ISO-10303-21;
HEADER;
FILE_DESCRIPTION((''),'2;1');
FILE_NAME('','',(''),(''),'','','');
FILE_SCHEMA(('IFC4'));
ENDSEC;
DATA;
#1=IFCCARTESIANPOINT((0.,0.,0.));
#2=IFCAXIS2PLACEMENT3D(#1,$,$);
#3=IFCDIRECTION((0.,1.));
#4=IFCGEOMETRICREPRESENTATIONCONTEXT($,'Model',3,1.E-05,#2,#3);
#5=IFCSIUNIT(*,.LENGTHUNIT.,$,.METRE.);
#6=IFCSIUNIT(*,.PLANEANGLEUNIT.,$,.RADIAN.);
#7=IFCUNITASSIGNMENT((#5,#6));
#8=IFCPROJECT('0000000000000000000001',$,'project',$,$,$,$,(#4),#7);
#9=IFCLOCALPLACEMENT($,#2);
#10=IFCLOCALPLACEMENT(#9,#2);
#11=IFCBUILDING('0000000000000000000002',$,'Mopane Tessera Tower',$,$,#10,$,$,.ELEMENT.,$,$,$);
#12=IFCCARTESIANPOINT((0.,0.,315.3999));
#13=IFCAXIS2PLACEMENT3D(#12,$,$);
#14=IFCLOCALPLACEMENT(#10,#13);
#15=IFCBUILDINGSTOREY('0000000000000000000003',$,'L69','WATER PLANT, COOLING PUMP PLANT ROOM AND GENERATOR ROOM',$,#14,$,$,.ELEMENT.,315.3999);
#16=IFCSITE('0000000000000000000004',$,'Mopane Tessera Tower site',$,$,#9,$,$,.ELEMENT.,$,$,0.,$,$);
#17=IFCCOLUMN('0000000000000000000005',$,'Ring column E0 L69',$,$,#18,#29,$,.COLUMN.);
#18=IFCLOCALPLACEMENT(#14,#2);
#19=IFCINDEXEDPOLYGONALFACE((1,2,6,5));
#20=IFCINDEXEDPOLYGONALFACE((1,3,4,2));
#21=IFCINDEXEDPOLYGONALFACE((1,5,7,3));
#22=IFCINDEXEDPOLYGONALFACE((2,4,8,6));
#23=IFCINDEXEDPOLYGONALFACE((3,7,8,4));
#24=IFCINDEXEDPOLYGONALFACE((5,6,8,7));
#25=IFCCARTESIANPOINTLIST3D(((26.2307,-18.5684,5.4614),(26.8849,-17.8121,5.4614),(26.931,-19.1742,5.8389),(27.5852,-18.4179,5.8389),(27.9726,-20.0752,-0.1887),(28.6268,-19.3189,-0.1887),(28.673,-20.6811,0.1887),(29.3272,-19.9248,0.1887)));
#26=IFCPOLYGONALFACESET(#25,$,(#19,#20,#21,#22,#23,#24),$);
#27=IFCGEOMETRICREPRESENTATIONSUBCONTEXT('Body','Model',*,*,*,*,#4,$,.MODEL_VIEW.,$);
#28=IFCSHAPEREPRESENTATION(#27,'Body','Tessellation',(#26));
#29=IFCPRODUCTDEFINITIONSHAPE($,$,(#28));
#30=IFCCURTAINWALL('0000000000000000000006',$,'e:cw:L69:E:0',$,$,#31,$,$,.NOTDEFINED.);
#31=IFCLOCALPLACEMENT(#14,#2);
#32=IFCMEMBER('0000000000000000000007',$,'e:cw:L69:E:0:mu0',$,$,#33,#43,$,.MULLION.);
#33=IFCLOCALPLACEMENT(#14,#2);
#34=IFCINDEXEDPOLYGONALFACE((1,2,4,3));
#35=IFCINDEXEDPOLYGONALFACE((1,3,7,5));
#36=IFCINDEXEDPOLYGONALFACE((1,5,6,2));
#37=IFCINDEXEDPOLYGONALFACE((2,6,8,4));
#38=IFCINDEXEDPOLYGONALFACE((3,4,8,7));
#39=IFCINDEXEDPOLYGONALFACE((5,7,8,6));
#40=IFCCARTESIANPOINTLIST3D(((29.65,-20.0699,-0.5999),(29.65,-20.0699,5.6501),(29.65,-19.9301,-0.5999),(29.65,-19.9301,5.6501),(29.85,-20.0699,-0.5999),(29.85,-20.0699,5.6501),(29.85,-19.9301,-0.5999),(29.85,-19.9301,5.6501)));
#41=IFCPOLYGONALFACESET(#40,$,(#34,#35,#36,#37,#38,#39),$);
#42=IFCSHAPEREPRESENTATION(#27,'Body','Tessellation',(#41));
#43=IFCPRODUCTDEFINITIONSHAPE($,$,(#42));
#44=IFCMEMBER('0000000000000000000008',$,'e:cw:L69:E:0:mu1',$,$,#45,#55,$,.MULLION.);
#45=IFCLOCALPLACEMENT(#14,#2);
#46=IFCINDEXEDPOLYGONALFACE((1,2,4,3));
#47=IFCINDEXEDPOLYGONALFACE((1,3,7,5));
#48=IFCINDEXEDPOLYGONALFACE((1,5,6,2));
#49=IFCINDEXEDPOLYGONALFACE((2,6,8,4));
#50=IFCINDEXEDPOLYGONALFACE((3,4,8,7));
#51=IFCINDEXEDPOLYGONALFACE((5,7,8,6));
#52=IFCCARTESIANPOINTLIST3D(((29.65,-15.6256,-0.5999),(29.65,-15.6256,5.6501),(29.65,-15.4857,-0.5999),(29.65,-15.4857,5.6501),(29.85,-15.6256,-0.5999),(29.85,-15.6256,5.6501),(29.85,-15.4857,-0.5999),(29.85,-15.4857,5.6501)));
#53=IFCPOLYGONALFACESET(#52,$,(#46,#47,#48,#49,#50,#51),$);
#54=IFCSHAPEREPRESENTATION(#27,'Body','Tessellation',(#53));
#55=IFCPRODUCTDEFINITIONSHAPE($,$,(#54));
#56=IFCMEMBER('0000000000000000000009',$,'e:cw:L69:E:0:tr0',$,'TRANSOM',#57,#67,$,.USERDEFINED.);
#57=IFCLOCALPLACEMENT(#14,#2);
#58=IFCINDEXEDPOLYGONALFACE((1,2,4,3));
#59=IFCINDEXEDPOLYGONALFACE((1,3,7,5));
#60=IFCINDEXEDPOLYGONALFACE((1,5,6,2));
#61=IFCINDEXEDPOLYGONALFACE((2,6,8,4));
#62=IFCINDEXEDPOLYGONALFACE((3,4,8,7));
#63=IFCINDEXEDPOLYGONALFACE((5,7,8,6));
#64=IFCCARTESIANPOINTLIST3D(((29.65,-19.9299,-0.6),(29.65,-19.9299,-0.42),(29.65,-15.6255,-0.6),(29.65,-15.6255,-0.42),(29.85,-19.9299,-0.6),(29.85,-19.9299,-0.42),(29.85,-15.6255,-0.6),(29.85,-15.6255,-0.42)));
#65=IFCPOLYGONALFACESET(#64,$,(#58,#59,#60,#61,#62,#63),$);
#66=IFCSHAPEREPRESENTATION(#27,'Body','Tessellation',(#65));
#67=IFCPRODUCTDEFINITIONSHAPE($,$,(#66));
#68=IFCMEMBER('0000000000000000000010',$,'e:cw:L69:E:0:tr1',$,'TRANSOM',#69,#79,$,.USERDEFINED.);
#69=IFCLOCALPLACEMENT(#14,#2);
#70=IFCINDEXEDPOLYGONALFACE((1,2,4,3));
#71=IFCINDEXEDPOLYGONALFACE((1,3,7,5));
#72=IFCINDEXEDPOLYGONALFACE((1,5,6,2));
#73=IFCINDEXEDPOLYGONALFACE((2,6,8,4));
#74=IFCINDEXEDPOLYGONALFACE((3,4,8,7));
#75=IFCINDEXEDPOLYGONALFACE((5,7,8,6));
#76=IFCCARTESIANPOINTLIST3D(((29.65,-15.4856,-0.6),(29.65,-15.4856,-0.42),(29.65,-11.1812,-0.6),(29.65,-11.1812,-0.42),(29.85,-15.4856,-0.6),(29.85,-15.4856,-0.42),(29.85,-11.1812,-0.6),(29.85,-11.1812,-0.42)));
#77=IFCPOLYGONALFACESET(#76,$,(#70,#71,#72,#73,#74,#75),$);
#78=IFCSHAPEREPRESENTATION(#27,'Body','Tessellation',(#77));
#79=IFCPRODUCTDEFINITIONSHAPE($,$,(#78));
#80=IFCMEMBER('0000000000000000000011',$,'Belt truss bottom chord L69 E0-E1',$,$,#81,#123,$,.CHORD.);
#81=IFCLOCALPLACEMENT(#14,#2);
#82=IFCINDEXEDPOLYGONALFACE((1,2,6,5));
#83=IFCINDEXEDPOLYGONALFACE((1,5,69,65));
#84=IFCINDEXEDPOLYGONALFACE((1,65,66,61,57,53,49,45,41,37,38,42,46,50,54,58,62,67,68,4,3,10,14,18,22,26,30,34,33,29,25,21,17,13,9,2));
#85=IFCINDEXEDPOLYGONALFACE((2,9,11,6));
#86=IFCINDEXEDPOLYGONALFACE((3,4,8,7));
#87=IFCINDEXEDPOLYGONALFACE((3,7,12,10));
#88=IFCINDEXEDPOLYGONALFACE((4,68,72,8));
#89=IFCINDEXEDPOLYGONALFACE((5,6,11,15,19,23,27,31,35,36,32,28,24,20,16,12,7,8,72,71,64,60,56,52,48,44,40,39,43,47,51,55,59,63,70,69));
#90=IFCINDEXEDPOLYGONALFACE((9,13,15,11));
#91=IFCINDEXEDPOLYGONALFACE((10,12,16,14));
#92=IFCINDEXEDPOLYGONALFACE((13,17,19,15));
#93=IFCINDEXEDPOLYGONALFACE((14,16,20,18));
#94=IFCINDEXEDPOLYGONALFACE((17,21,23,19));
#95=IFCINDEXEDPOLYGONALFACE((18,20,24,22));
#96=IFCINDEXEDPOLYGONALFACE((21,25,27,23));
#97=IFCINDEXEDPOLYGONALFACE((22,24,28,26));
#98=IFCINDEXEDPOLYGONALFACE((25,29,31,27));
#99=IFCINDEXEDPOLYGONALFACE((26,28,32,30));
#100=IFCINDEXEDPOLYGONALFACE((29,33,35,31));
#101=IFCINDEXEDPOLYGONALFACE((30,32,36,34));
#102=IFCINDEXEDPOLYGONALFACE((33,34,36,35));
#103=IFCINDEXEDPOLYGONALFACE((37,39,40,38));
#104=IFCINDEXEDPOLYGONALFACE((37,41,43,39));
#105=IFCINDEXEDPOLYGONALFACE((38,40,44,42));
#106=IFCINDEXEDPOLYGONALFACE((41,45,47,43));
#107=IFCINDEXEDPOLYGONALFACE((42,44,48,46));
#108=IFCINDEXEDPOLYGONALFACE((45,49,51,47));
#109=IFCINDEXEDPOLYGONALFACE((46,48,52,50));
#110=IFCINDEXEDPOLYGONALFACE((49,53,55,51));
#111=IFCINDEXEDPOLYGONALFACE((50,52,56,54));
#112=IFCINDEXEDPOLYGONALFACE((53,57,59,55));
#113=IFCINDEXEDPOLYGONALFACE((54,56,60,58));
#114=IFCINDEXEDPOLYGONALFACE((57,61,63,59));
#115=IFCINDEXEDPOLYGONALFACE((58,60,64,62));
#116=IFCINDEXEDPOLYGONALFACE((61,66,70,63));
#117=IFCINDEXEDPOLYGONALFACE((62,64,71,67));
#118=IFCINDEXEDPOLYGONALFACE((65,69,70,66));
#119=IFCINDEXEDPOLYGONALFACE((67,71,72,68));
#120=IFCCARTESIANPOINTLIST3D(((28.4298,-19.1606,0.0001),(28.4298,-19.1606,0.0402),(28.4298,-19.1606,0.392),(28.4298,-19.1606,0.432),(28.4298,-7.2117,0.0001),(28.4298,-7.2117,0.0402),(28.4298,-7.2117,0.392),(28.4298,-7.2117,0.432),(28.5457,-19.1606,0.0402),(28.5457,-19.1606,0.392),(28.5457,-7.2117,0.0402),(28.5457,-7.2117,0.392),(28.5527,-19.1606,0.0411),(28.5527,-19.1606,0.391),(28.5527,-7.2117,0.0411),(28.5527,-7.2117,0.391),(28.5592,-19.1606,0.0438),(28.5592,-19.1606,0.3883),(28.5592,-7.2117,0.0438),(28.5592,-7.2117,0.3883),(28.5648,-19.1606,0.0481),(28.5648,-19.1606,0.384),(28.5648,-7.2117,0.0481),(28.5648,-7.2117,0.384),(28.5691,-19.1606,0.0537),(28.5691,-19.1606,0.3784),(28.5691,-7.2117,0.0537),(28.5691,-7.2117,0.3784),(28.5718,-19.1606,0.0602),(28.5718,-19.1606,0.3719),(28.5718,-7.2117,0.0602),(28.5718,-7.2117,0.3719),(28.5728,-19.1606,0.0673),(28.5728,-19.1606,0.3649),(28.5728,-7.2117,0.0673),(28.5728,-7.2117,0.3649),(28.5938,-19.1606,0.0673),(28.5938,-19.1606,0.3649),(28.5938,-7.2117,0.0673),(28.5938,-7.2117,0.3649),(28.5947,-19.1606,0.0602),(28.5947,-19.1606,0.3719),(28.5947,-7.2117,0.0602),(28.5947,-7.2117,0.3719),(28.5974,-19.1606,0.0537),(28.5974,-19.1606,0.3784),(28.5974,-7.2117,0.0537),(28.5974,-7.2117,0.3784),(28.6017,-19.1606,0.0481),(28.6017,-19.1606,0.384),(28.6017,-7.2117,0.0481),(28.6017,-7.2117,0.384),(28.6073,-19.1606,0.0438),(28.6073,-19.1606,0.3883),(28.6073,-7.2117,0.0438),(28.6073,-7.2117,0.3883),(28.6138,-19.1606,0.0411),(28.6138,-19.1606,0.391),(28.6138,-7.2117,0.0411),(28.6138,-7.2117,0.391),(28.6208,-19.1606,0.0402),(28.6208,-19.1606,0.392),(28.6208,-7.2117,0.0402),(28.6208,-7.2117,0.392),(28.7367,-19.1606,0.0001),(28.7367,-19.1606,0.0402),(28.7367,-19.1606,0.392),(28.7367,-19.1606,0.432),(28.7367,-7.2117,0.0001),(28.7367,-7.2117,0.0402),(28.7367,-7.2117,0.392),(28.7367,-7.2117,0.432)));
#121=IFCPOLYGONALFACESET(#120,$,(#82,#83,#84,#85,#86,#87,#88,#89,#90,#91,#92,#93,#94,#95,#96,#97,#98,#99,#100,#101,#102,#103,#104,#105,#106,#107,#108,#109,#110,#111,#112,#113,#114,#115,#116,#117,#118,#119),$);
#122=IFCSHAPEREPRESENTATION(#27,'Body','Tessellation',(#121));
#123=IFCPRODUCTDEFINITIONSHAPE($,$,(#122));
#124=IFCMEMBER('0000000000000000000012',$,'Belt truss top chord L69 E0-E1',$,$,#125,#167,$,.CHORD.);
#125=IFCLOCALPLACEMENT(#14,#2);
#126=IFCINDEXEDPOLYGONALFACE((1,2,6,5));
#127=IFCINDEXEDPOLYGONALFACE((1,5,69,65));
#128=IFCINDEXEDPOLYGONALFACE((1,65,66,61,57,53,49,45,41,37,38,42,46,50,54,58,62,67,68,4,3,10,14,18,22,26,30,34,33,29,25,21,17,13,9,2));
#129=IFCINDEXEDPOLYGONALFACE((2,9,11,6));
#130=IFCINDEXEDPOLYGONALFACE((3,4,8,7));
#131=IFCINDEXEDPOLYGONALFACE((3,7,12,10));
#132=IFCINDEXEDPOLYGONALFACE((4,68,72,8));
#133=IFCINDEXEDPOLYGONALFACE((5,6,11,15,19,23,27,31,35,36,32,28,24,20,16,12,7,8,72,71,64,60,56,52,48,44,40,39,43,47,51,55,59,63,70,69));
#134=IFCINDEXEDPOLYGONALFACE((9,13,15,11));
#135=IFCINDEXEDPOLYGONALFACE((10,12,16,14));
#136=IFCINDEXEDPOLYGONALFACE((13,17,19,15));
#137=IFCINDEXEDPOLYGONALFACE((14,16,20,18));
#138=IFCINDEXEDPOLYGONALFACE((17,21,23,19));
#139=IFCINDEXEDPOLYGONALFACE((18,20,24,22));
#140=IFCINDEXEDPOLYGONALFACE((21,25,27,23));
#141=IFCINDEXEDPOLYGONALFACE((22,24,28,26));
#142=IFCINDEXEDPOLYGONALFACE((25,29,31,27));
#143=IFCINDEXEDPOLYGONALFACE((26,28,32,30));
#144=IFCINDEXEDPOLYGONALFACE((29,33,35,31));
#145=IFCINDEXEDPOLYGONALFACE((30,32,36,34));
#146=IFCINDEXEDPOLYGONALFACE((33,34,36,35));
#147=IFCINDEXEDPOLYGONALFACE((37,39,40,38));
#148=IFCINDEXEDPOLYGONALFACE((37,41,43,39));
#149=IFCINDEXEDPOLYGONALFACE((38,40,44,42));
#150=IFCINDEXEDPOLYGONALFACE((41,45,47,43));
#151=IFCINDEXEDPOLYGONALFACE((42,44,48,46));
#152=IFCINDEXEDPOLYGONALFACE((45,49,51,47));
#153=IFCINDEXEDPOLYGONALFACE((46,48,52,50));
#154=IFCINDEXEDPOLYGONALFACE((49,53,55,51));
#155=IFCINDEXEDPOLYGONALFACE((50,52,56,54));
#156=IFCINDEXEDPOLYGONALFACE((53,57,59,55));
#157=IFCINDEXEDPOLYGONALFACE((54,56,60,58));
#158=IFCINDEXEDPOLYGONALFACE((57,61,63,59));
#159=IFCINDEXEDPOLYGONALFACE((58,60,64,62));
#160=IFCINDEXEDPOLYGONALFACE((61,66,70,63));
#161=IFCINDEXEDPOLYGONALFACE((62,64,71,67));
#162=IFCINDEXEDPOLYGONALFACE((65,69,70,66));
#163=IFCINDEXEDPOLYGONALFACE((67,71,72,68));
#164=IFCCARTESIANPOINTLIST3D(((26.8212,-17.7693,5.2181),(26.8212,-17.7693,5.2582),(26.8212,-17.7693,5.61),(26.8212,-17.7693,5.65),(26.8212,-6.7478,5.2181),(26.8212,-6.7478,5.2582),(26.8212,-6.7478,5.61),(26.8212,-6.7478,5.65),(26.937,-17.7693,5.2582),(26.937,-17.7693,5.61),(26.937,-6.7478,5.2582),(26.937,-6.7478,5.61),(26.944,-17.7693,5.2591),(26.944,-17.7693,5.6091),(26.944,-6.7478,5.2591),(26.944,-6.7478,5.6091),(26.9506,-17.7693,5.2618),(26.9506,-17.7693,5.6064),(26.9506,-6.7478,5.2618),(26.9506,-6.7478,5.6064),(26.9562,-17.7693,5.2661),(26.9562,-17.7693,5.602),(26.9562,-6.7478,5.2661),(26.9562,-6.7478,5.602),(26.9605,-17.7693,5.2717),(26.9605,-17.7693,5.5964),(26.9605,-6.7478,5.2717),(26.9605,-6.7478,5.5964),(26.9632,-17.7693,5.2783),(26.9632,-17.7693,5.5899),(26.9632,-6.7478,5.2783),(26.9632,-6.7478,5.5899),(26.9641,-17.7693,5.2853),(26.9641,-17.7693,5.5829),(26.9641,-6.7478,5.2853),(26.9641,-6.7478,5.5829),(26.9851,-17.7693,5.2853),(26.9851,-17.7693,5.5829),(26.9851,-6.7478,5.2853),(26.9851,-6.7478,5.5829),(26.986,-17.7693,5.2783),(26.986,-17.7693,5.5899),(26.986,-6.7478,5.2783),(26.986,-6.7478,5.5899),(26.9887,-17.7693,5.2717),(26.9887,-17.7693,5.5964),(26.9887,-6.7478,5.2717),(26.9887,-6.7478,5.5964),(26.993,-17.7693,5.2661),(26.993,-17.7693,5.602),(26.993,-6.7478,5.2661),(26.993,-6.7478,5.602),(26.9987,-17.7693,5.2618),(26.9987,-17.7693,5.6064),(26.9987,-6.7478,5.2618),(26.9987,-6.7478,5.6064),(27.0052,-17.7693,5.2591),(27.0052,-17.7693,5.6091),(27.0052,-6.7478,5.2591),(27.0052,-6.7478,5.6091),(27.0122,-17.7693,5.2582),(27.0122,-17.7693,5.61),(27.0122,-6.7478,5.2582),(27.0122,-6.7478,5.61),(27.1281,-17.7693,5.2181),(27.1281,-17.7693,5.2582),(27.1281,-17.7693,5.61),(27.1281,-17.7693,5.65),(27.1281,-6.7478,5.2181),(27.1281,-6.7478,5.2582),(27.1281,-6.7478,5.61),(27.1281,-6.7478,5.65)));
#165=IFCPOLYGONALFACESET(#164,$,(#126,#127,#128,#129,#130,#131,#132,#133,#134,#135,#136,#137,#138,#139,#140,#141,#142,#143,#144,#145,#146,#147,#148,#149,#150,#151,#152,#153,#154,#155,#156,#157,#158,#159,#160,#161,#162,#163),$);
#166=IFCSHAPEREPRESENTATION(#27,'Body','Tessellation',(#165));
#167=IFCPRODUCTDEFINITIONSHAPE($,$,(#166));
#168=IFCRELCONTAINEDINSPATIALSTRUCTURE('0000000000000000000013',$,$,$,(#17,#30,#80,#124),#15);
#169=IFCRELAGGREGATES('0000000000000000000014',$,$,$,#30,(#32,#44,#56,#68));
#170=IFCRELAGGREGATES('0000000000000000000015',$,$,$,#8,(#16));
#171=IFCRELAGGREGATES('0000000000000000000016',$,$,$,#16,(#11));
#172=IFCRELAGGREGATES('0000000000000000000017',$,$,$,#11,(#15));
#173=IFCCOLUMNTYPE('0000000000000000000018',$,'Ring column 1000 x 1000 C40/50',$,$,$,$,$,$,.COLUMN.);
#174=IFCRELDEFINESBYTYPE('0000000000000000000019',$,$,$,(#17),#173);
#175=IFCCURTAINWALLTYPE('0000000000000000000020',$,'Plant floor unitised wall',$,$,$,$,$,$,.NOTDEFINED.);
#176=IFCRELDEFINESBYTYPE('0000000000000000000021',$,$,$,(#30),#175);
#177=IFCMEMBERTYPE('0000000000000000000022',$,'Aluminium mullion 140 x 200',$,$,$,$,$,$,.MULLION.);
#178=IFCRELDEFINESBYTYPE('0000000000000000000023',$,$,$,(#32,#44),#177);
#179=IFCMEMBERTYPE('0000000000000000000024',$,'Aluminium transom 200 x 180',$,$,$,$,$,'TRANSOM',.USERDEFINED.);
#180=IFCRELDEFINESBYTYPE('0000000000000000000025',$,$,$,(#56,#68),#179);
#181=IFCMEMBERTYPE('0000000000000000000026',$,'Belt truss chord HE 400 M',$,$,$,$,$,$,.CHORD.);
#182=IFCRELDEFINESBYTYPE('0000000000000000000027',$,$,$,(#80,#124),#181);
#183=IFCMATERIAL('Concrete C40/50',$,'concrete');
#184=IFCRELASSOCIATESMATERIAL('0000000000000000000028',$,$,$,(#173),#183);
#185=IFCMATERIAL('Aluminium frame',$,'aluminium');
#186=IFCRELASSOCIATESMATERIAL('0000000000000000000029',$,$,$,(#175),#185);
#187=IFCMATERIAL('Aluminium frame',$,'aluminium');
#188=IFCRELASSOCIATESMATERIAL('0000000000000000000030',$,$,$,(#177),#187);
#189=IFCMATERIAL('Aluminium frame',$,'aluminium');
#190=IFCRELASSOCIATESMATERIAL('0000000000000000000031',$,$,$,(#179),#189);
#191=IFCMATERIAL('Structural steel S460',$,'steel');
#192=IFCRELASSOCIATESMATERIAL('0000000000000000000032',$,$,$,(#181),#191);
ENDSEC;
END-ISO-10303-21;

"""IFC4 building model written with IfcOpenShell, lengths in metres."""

from ifc_helpers import new_model, si_unit, direction, frame, origin, origin_2d, place, context, subcontext, project, spatial, rectangle, i_section, extrude, material, material_profile, profile_set, type_object, element, aggregate, save


model = new_model("IFC4")

# Units and contexts
model_context = context("Model", 3, precision=1e-05, world=origin(), true_north=direction((0.0, 1.0)))
body_context = subcontext(model_context, "Body", "Model", "MODEL_VIEW")
ifc_project = project(units=[si_unit("LENGTHUNIT", "METRE"), si_unit("PLANEANGLEUNIT", "RADIAN")], contexts=[model_context])

# Site, building, storey
site_placement = place(None, origin())
site = spatial("IfcSite", under=ifc_project, at=site_placement, Name="Mopane Tessera Tower site", CompositionType="ELEMENT", RefElevation=0.0)
building_placement = place(site_placement, origin())
building = spatial("IfcBuilding", under=site, at=building_placement, Name="Mopane Tessera Tower", CompositionType="ELEMENT")
storey_placement = place(building_placement, frame((0.0, 0.0, 315.3999)))
storey = spatial("IfcBuildingStorey", under=building, at=storey_placement, Name="L69", Description="WATER PLANT, COOLING PUMP PLANT ROOM AND GENERATOR ROOM", CompositionType="ELEMENT", Elevation=315.3999)

# Column
ifc_material_1 = material(Name="Concrete C40/50", Category="concrete")
ifc_material_profile_1 = material_profile(ifc_material_1, rectangle(XDim=1.0, YDim=1.0, at=origin_2d()))
ifc_profile_set_1 = profile_set([ifc_material_profile_1], Name="Concrete C40/50")
column_type = type_object("IfcColumnType", Name="Ring column 1000 x 1000 C40/50", PredefinedType="COLUMN", material=ifc_profile_set_1)
column_placement = place(storey_placement, frame((28.6499, -20.0, 0.0), z_axis=(-0.285491, 0.246959, 0.926016), x_axis=(-0.654224, -0.756301, 0.0)))
element("IfcColumn", 1, at=column_placement, inside=storey, type_object=column_type, Name="Ring column E0 L69", PredefinedType="COLUMN", context=body_context, shape_type="SweptSolid", body=[
    extrude(rectangle(XDim=1.0, YDim=1.0, at=origin_2d()), origin(), (0.0, 0.0, 1.0), 6.1016),
])

# Curtain wall, members
ifc_material_2 = material(Name="Aluminium frame", Category="aluminium")
curtain_wall_type = type_object("IfcCurtainWallType", Name="Plant floor unitised wall", PredefinedType="NOTDEFINED", material=ifc_material_2)
curtain_wall_placement = place(storey_placement, origin())
curtain_wall = element("IfcCurtainWall", 2, at=curtain_wall_placement, inside=storey, type_object=curtain_wall_type, Name="e:cw:L69:E:0", PredefinedType="NOTDEFINED")
ifc_material_3 = material(Name="Aluminium frame", Category="aluminium")
ifc_material_profile_2 = material_profile(ifc_material_3, rectangle(XDim=0.1399, YDim=0.2, at=origin_2d()))
ifc_profile_set_2 = profile_set([ifc_material_profile_2], Name="Aluminium frame")
member_type_1 = type_object("IfcMemberType", Name="Aluminium mullion 140 x 200", PredefinedType="MULLION", material=ifc_profile_set_2)
member_1_placement = place(storey_placement, frame((29.75, -20.0, -0.5999), z_axis=(0.0, 0.0, 1.0), x_axis=(0.0, 1.0, 0.0)))
member_1 = element("IfcMember", 3, at=member_1_placement, type_object=member_type_1, Name="e:cw:L69:E:0:mu0", PredefinedType="MULLION", context=body_context, shape_type="SweptSolid", body=[
    extrude(rectangle(XDim=0.1399, YDim=0.2, at=origin_2d()), origin(), (0.0, 0.0, 1.0), 6.25),
])
member_2_placement = place(storey_placement, frame((29.75, -15.5557, -0.5999), z_axis=(0.0, 0.0, 1.0), x_axis=(0.0, 1.0, 0.0)))
member_2 = element("IfcMember", 4, at=member_2_placement, type_object=member_type_1, Name="e:cw:L69:E:0:mu1", PredefinedType="MULLION", context=body_context, shape_type="SweptSolid", body=[
    extrude(rectangle(XDim=0.1399, YDim=0.2, at=origin_2d()), origin(), (0.0, 0.0, 1.0), 6.25),
])
ifc_material_4 = material(Name="Aluminium frame", Category="aluminium")
ifc_material_profile_3 = material_profile(ifc_material_4, rectangle(XDim=0.2, YDim=0.1799, at=origin_2d()))
ifc_profile_set_3 = profile_set([ifc_material_profile_3], Name="Aluminium frame")
member_type_2 = type_object("IfcMemberType", Name="Aluminium transom 200 x 180", ElementType="TRANSOM", PredefinedType="USERDEFINED", material=ifc_profile_set_3)
member_3_placement = place(storey_placement, frame((29.75, -19.9299, -0.51), z_axis=(0.0, 1.0, 0.0), x_axis=(-1.0, 0.0, 0.0)))
member_3 = element("IfcMember", 5, at=member_3_placement, type_object=member_type_2, Name="e:cw:L69:E:0:tr0", ObjectType="TRANSOM", PredefinedType="USERDEFINED", context=body_context, shape_type="SweptSolid", body=[
    extrude(rectangle(XDim=0.2, YDim=0.1799, at=origin_2d()), origin(), (0.0, 0.0, 1.0), 4.3044),
])
member_4_placement = place(storey_placement, frame((29.75, -15.4856, -0.51), z_axis=(0.0, 1.0, 0.0), x_axis=(-1.0, 0.0, 0.0)))
member_4 = element("IfcMember", 6, at=member_4_placement, type_object=member_type_2, Name="e:cw:L69:E:0:tr1", ObjectType="TRANSOM", PredefinedType="USERDEFINED", context=body_context, shape_type="SweptSolid", body=[
    extrude(rectangle(XDim=0.2, YDim=0.1799, at=origin_2d()), origin(), (0.0, 0.0, 1.0), 4.3044),
])

# Members
ifc_material_5 = material(Name="Structural steel S460", Category="steel")
ifc_material_profile_4 = material_profile(ifc_material_5, i_section(OverallWidth=0.3069, OverallDepth=0.4319, WebThickness=0.021, FlangeThickness=0.04, FilletRadius=0.0271, at=origin_2d()))
ifc_profile_set_4 = profile_set([ifc_material_profile_4], Name="Structural steel S460")
member_type_3 = type_object("IfcMemberType", Name="Belt truss chord HE 400 M", PredefinedType="CHORD", material=ifc_profile_set_4)
member_5_placement = place(storey_placement, frame((28.5833, -19.1606, 0.2161), z_axis=(0.0, 1.0, 0.0), x_axis=(-1.0, 0.0, 0.0)))
element("IfcMember", 7, at=member_5_placement, inside=storey, type_object=member_type_3, Name="Belt truss bottom chord L69 E0-E1", PredefinedType="CHORD", context=body_context, shape_type="SweptSolid", body=[
    extrude(i_section(OverallWidth=0.3069, OverallDepth=0.4319, WebThickness=0.021, FlangeThickness=0.04, FilletRadius=0.0271, at=origin_2d()), origin(), (0.0, 0.0, 1.0), 11.949),
])
member_6_placement = place(storey_placement, frame((26.9746, -17.7693, 5.4341), z_axis=(0.0, 1.0, 0.0), x_axis=(-1.0, 0.0, 0.0)))
element("IfcMember", 8, at=member_6_placement, inside=storey, type_object=member_type_3, Name="Belt truss top chord L69 E0-E1", PredefinedType="CHORD", context=body_context, shape_type="SweptSolid", body=[
    extrude(i_section(OverallWidth=0.3069, OverallDepth=0.4319, WebThickness=0.021, FlangeThickness=0.04, FilletRadius=0.0271, at=origin_2d()), origin(), (0.0, 0.0, 1.0), 11.0215),
])

aggregate(curtain_wall, [member_1, member_2, member_3, member_4])

save(model, "model.ifc")
